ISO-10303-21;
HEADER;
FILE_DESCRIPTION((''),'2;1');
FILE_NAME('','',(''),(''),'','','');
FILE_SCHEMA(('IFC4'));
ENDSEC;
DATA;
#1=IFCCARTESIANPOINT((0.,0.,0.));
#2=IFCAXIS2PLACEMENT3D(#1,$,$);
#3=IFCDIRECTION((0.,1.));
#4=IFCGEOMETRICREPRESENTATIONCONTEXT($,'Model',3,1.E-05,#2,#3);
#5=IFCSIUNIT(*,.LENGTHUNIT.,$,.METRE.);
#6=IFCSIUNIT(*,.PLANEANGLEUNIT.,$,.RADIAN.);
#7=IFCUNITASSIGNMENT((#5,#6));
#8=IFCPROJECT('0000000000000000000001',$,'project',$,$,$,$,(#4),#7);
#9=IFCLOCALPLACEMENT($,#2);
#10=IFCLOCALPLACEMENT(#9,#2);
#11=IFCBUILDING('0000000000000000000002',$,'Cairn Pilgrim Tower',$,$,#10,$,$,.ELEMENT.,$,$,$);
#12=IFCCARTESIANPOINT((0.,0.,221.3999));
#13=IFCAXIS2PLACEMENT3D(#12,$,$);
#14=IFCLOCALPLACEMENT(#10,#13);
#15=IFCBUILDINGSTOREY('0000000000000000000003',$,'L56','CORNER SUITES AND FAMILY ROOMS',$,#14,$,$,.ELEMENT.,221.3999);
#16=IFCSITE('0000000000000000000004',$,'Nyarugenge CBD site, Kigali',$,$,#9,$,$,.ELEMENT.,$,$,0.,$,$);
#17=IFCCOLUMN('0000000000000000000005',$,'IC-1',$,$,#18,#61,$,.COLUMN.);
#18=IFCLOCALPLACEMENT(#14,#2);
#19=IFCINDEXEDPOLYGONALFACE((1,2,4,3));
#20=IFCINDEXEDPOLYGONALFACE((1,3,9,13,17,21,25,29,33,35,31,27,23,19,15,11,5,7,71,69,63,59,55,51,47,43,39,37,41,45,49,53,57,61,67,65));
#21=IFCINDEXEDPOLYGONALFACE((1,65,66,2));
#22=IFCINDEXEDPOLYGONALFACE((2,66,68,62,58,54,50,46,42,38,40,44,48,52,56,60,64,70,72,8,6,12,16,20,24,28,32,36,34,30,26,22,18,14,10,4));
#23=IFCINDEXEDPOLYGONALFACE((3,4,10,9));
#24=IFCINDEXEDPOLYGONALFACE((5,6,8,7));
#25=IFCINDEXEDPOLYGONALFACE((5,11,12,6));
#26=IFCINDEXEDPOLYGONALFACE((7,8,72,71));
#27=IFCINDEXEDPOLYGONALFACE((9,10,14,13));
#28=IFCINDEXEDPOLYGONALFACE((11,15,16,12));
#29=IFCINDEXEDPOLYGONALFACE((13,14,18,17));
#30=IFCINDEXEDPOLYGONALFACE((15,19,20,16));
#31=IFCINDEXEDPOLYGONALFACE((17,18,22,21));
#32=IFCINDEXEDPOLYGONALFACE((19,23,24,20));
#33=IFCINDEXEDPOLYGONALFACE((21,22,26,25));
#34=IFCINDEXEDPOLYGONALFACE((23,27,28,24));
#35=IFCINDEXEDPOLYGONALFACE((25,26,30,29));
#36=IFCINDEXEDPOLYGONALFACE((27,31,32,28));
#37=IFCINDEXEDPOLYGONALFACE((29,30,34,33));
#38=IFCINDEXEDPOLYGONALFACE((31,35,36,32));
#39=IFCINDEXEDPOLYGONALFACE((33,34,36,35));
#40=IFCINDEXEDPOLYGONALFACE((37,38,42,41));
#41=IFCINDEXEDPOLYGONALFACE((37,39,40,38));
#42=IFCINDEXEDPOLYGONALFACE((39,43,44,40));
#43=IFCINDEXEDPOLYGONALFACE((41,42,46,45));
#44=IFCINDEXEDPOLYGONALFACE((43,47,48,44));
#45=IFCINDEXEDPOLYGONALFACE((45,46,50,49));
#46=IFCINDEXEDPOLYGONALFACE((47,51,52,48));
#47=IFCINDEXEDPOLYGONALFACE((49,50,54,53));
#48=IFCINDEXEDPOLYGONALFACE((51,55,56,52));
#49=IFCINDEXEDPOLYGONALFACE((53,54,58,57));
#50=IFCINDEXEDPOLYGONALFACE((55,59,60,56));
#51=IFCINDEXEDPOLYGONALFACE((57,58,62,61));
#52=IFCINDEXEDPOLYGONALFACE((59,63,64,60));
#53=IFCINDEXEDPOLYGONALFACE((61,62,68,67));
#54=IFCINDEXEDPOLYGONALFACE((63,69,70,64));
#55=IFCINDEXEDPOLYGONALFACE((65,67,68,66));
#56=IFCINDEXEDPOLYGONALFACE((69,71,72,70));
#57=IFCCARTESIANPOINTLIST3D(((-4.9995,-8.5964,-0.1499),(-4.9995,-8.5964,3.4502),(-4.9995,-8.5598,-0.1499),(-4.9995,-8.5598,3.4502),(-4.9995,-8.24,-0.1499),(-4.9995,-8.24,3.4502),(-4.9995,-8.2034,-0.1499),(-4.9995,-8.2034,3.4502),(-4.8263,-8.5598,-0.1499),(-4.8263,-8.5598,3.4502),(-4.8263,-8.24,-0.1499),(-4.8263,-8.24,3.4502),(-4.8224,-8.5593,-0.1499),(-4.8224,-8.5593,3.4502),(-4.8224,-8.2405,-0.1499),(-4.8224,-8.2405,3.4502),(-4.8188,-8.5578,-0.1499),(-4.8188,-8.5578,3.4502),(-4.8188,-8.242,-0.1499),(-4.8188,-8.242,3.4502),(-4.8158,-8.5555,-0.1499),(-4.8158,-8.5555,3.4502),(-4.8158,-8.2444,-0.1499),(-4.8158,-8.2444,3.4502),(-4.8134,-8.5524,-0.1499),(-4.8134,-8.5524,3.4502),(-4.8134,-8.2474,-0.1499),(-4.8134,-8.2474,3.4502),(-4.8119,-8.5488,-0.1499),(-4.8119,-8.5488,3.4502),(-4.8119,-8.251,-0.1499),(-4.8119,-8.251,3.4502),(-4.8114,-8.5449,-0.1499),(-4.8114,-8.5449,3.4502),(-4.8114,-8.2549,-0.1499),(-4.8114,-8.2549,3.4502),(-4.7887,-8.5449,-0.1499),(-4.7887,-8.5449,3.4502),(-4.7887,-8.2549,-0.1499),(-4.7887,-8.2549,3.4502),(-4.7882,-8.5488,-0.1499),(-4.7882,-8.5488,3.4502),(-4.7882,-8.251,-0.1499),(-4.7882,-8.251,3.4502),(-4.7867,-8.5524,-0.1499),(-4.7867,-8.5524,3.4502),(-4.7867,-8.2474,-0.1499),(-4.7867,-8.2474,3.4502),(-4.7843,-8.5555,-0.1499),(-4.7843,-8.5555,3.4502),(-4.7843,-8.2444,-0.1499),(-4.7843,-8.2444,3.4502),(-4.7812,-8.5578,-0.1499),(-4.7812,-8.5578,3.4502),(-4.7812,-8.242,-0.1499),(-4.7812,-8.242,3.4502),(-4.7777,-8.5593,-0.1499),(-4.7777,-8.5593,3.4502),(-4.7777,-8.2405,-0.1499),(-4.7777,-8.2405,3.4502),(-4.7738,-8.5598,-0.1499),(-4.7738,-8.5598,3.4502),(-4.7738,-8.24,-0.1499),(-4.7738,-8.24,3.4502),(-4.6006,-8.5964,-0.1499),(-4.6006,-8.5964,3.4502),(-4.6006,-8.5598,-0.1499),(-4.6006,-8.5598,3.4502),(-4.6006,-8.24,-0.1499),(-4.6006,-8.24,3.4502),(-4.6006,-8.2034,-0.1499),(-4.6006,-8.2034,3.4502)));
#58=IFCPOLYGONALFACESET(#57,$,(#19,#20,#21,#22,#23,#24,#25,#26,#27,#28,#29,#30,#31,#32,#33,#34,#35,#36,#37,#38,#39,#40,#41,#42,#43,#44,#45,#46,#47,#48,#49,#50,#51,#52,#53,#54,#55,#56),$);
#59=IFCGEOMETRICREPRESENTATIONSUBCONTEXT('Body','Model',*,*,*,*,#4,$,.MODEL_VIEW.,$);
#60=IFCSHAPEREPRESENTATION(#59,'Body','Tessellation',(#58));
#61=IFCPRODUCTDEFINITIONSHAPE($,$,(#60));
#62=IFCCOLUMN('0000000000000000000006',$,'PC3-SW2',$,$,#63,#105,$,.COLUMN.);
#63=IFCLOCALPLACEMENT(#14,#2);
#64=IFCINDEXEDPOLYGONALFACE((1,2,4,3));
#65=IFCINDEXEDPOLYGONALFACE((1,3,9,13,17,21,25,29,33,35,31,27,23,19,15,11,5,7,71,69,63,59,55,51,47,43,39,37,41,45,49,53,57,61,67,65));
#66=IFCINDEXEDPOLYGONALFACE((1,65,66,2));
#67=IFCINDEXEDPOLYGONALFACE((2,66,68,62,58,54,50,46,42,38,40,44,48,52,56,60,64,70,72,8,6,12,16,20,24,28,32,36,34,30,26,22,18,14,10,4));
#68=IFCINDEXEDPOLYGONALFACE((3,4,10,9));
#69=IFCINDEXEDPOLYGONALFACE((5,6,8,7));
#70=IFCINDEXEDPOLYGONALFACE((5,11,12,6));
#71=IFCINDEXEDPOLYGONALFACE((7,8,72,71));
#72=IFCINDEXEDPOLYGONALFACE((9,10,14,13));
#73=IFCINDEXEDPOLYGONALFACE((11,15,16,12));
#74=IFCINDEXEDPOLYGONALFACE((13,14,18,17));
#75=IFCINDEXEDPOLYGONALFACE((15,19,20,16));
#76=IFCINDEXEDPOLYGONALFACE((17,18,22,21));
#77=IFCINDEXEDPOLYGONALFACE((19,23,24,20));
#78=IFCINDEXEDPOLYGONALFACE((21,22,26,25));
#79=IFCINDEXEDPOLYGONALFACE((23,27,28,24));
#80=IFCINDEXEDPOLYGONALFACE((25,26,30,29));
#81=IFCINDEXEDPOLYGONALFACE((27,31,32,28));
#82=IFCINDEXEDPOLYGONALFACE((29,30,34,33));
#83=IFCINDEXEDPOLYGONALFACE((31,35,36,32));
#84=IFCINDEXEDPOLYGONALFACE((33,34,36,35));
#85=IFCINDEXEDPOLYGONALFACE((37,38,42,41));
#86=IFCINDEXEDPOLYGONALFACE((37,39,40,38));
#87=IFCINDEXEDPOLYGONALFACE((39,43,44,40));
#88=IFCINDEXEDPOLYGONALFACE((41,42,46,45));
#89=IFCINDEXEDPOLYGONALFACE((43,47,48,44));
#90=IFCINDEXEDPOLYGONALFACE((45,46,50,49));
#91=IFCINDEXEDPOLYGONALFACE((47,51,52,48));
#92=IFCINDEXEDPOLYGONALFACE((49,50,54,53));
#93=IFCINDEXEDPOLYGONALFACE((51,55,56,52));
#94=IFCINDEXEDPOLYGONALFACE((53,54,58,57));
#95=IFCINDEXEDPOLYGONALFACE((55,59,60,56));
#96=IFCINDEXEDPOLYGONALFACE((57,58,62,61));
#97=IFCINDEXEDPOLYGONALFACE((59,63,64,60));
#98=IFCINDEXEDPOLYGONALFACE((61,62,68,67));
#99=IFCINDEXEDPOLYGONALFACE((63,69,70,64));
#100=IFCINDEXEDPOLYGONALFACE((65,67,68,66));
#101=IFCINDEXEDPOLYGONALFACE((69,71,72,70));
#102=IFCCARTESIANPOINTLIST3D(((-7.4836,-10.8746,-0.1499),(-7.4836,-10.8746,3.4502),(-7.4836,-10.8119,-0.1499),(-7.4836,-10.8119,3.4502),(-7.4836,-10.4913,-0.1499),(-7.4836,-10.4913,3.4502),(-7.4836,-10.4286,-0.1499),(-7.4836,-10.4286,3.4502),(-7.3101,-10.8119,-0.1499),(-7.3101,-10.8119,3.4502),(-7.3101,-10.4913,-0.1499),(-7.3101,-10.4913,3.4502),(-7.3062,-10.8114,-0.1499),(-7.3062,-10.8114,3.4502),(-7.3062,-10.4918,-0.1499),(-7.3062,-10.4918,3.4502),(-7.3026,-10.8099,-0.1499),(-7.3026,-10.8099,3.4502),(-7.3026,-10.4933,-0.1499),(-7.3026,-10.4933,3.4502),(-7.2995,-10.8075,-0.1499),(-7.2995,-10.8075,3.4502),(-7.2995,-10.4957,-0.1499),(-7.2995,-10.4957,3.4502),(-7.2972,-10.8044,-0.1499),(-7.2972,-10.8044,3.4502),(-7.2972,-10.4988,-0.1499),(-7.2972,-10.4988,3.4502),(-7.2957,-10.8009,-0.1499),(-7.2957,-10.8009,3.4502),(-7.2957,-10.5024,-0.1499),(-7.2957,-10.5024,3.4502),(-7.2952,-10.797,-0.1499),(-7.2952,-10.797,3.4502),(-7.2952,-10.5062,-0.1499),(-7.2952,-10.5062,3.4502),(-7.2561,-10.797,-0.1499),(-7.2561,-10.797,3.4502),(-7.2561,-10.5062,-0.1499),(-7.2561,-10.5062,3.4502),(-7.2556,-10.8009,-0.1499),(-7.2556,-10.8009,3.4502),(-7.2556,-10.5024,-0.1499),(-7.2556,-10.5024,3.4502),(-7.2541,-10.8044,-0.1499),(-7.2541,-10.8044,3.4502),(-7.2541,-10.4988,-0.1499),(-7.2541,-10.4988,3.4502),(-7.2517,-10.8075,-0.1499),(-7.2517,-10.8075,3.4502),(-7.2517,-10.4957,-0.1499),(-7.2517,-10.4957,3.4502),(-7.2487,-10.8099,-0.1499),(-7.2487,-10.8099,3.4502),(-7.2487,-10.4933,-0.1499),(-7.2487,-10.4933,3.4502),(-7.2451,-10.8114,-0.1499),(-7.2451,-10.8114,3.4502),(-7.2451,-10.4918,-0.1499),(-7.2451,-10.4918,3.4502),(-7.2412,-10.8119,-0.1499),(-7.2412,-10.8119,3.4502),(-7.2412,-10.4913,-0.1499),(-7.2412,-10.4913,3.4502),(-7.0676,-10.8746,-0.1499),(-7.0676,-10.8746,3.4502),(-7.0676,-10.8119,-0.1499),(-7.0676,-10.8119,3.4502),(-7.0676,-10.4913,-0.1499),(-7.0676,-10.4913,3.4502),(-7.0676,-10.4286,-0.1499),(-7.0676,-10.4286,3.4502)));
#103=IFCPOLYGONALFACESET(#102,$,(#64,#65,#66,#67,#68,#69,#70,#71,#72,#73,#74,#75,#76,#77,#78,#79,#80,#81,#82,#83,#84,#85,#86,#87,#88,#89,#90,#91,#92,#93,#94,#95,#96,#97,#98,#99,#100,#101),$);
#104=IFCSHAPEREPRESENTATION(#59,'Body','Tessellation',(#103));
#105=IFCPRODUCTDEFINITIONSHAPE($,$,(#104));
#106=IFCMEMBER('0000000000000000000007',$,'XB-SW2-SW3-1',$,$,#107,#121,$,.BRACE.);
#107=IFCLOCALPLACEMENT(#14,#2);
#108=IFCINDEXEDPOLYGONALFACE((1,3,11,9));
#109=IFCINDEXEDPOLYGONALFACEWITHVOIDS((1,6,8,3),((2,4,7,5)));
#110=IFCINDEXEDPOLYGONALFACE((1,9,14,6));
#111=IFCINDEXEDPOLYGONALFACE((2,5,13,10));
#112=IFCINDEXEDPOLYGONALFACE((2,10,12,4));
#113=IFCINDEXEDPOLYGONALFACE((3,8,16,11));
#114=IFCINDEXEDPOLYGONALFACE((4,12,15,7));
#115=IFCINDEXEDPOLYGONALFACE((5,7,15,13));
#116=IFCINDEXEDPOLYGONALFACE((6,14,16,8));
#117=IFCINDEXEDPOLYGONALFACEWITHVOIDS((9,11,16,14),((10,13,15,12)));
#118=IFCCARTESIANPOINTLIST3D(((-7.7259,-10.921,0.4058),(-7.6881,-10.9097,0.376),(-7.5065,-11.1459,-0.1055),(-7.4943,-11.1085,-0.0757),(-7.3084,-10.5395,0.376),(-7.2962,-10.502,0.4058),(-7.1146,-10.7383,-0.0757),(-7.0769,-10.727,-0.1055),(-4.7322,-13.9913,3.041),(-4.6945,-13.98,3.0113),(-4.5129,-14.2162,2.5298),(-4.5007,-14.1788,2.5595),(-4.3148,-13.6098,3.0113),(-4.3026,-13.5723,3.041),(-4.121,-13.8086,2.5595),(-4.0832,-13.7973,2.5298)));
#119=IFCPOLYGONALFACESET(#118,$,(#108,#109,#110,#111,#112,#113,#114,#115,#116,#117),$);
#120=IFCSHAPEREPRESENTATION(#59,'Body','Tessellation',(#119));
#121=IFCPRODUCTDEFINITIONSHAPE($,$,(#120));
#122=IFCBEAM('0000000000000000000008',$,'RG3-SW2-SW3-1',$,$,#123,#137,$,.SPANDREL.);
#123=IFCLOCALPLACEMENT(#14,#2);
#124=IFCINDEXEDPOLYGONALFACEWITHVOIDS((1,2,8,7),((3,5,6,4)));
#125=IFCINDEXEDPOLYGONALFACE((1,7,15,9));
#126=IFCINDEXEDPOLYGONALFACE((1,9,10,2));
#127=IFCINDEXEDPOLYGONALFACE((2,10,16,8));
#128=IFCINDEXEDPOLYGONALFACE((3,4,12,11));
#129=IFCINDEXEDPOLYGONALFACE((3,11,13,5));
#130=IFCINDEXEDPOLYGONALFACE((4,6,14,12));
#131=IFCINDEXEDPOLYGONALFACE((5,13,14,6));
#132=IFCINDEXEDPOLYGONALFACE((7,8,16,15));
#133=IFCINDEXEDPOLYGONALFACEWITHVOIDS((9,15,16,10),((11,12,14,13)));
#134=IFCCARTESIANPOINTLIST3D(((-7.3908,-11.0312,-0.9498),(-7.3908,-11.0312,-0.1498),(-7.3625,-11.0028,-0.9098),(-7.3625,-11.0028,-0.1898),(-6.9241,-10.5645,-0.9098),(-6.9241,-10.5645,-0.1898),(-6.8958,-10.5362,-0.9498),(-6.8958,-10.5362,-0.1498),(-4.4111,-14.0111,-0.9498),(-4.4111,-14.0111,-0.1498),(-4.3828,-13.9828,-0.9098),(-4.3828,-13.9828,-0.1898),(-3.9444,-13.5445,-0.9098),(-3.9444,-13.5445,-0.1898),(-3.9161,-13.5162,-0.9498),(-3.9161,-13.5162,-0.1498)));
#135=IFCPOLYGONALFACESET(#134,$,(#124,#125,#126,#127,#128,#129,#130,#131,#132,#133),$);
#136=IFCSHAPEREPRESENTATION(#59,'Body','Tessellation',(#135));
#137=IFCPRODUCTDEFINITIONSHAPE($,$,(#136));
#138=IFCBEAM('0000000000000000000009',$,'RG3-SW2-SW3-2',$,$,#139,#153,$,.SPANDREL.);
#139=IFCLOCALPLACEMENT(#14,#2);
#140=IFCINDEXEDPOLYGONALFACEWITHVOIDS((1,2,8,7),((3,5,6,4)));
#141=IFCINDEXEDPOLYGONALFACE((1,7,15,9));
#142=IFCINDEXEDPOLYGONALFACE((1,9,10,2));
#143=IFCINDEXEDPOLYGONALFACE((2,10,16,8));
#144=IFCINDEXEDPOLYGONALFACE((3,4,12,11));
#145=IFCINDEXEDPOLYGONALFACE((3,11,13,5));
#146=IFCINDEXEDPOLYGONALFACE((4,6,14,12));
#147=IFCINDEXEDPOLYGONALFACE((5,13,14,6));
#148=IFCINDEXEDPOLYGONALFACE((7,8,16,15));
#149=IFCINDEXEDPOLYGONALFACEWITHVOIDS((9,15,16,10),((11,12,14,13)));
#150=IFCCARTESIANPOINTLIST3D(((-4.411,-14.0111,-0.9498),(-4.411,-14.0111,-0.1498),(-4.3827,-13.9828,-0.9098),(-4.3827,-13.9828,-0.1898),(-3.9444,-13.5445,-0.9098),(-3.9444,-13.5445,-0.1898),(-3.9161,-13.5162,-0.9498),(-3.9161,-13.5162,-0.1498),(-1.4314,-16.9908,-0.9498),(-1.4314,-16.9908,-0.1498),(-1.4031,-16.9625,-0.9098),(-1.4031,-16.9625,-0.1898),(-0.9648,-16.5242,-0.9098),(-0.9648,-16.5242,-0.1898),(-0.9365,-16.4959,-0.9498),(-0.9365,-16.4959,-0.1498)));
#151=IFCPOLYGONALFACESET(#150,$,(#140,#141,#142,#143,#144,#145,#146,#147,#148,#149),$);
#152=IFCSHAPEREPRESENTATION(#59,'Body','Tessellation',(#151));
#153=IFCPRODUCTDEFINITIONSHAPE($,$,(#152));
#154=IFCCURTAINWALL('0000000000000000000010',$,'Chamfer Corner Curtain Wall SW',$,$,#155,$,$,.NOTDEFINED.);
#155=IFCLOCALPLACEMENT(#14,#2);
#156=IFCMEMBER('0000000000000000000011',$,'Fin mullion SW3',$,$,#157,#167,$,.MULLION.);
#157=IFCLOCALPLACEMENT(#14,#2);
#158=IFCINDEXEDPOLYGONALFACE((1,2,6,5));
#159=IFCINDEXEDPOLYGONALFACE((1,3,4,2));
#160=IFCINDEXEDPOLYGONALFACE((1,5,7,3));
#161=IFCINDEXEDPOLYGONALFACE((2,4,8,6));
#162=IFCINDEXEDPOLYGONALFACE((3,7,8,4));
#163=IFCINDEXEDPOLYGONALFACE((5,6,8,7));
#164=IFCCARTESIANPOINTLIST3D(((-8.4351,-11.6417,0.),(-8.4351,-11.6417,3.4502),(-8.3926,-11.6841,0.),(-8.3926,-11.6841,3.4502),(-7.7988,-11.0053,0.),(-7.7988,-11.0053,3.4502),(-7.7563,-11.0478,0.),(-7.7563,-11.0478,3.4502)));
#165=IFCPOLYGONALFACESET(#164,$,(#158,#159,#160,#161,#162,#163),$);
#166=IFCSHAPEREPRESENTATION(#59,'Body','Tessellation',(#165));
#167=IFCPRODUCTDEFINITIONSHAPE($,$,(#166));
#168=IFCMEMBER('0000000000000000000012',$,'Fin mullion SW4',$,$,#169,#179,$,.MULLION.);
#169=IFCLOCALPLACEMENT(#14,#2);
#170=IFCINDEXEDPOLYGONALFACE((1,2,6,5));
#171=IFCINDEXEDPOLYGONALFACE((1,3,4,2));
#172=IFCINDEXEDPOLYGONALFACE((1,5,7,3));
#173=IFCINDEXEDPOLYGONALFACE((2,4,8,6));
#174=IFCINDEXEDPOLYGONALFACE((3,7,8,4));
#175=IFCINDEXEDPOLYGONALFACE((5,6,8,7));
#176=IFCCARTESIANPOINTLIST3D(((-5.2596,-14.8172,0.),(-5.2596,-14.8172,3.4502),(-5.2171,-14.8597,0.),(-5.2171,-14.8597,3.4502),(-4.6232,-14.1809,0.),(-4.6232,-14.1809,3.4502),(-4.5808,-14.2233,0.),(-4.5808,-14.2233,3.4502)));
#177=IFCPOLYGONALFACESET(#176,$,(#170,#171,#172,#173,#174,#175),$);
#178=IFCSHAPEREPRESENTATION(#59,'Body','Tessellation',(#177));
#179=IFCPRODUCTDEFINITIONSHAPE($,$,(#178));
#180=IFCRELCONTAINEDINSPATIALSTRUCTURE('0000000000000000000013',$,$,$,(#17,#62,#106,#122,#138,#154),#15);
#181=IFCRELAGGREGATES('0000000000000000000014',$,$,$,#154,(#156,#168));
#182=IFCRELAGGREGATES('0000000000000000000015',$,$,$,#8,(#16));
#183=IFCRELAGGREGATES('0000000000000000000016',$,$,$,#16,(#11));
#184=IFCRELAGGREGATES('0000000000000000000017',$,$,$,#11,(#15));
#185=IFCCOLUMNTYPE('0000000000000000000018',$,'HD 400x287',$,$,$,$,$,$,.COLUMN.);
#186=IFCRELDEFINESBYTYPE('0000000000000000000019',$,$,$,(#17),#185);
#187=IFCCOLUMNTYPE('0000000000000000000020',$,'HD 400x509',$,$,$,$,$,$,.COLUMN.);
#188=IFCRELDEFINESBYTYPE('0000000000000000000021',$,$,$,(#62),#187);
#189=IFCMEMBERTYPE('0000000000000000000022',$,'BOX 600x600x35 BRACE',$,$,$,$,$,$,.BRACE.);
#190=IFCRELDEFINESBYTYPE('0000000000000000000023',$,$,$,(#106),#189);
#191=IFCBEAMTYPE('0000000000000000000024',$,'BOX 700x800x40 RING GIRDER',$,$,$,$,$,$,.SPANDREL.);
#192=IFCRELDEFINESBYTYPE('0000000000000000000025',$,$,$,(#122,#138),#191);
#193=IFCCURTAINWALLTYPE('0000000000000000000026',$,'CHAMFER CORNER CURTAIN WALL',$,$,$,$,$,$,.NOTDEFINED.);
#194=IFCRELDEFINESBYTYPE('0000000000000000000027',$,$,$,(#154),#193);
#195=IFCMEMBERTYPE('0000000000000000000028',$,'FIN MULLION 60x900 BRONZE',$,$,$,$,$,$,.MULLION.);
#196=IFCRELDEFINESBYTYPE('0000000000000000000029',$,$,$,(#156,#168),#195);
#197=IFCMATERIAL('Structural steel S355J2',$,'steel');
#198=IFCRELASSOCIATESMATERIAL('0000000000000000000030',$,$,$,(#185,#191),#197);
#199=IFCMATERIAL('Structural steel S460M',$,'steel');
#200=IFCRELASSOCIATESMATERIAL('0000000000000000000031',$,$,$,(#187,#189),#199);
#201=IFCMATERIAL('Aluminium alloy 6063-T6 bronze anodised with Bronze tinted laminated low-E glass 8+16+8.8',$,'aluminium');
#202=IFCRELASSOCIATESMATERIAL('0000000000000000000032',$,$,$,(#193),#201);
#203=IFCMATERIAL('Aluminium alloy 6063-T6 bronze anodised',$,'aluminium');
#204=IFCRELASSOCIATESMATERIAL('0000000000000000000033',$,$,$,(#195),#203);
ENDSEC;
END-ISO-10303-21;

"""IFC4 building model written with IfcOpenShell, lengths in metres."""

from ifc_helpers import new_model, si_unit, direction, frame, origin, origin_2d, place, context, subcontext, project, spatial, rectangle, hollow_rectangle, i_section, extrude, material, material_profile, profile_set, type_object, element, aggregate, save


model = new_model("IFC4")

# Units and contexts
model_context = context("Model", 3, precision=1e-05, world=origin(), true_north=direction((0.0, 1.0)))
body_context = subcontext(model_context, "Body", "Model", "MODEL_VIEW")
ifc_project = project(units=[si_unit("LENGTHUNIT", "METRE"), si_unit("PLANEANGLEUNIT", "RADIAN")], contexts=[model_context])

# Site, building, storey
site_placement = place(None, origin())
site = spatial("IfcSite", under=ifc_project, at=site_placement, Name="Nyarugenge CBD site, Kigali", CompositionType="ELEMENT", RefElevation=0.0)
building_placement = place(site_placement, origin())
building = spatial("IfcBuilding", under=site, at=building_placement, Name="Cairn Pilgrim Tower", CompositionType="ELEMENT")
storey_placement = place(building_placement, frame((0.0, 0.0, 221.3999)))
storey = spatial("IfcBuildingStorey", under=building, at=storey_placement, Name="L56", Description="CORNER SUITES AND FAMILY ROOMS", CompositionType="ELEMENT", Elevation=221.3999)

# Columns
ifc_material_1 = material(Name="Structural steel S355J2", Category="steel")
ifc_material_profile_1 = material_profile(ifc_material_1, i_section(OverallWidth=0.3989, OverallDepth=0.3931, WebThickness=0.0227, FlangeThickness=0.0366, FilletRadius=0.0149, at=origin_2d()), Name="HD 400x287")
ifc_profile_set_1 = profile_set([ifc_material_profile_1], Name="Structural steel S355J2")
column_type_1 = type_object("IfcColumnType", Name="HD 400x287", PredefinedType="COLUMN", material=ifc_profile_set_1)
column_1_placement = place(storey_placement, frame((-4.8, -8.3999, -0.1499), z_axis=(0.0, 0.0, 1.0), x_axis=(1.0, 0.0, 0.0)))
element("IfcColumn", 1, at=column_1_placement, inside=storey, type_object=column_type_1, Name="IC-1", PredefinedType="COLUMN", context=body_context, shape_type="SweptSolid", body=[
    extrude(i_section(OverallWidth=0.3989, OverallDepth=0.3931, WebThickness=0.0227, FlangeThickness=0.0366, FilletRadius=0.0149, at=origin_2d()), origin(), (0.0, 0.0, 1.0), 3.6001),
])
ifc_material_2 = material(Name="Structural steel S460M", Category="steel")
ifc_material_profile_2 = material_profile(ifc_material_2, i_section(OverallWidth=0.416, OverallDepth=0.446, WebThickness=0.0391, FlangeThickness=0.0627, FilletRadius=0.0149, at=origin_2d()), Name="HD 400x509")
ifc_profile_set_2 = profile_set([ifc_material_profile_2], Name="Structural steel S460M")
column_type_2 = type_object("IfcColumnType", Name="HD 400x509", PredefinedType="COLUMN", material=ifc_profile_set_2)
column_2_placement = place(storey_placement, frame((-7.2756, -10.6516, -0.1499), z_axis=(0.0, 0.0, 1.0), x_axis=(1.0, 0.0, 0.0)))
element("IfcColumn", 2, at=column_2_placement, inside=storey, type_object=column_type_2, Name="PC3-SW2", PredefinedType="COLUMN", context=body_context, shape_type="SweptSolid", body=[
    extrude(i_section(OverallWidth=0.416, OverallDepth=0.446, WebThickness=0.0391, FlangeThickness=0.0627, FilletRadius=0.0149, at=origin_2d()), origin(), (0.0, 0.0, 1.0), 3.6001),
])

# Member
ifc_material_profile_3 = material_profile(ifc_material_2, hollow_rectangle(XDim=0.6001, YDim=0.6001, WallThickness=0.0349, at=origin_2d()), Name="BOX 600x600x35")
ifc_profile_set_3 = profile_set([ifc_material_profile_3], Name="Structural steel S460M")
member_type_1 = type_object("IfcMemberType", Name="BOX 600x600x35 BRACE", PredefinedType="BRACE", material=ifc_profile_set_3)
member_1_placement = place(storey_placement, frame((-7.4014, -10.824, 0.1501), z_axis=(0.594778, -0.610009, 0.523572), x_axis=(0.715989, 0.698112, 0.0)))
element("IfcMember", 3, at=member_1_placement, inside=storey, type_object=member_type_1, Name="XB-SW2-SW3-1", PredefinedType="BRACE", context=body_context, shape_type="SweptSolid", body=[
    extrude(hollow_rectangle(XDim=0.6001, YDim=0.6001, WallThickness=0.0349, at=origin_2d()), origin(), (0.0, 0.0, 1.0), 5.0332),
])

# Beams
ifc_material_profile_4 = material_profile(ifc_material_1, hollow_rectangle(XDim=0.7, YDim=0.8, WallThickness=0.04, at=origin_2d()), Name="BOX 700x800x40")
ifc_profile_set_4 = profile_set([ifc_material_profile_4], Name="Structural steel S355J2")
beam_type_1 = type_object("IfcBeamType", Name="BOX 700x800x40 RING GIRDER", PredefinedType="SPANDREL", material=ifc_profile_set_4)
beam_1_placement = place(storey_placement, frame((-7.1433, -10.7837, -0.5498), z_axis=(0.707078, -0.707136, 0.0), x_axis=(0.707136, 0.707078, 0.0)))
element("IfcBeam", 4, at=beam_1_placement, inside=storey, type_object=beam_type_1, Name="RG3-SW2-SW3-1", PredefinedType="SPANDREL", context=body_context, shape_type="SweptSolid", body=[
    extrude(hollow_rectangle(XDim=0.7, YDim=0.8, WallThickness=0.04, at=origin_2d()), origin(), (0.0, 0.0, 1.0), 4.2141),
])
beam_2_placement = place(storey_placement, frame((-4.1636, -13.7637, -0.5498), z_axis=(0.707107, -0.707107, 0.0), x_axis=(0.707107, 0.707107, 0.0)))
element("IfcBeam", 5, at=beam_2_placement, inside=storey, type_object=beam_type_1, Name="RG3-SW2-SW3-2", PredefinedType="SPANDREL", context=body_context, shape_type="SweptSolid", body=[
    extrude(hollow_rectangle(XDim=0.7, YDim=0.8, WallThickness=0.04, at=origin_2d()), origin(), (0.0, 0.0, 1.0), 4.2139),
])

# Curtain wall, members
ifc_material_3 = material(Name="Aluminium alloy 6063-T6 bronze anodised with Bronze tinted laminated low-E glass 8+16+8.8", Category="aluminium")
curtain_wall_type = type_object("IfcCurtainWallType", Name="CHAMFER CORNER CURTAIN WALL", PredefinedType="NOTDEFINED", material=ifc_material_3)
curtain_wall_placement = place(storey_placement, origin())
curtain_wall = element("IfcCurtainWall", 6, at=curtain_wall_placement, inside=storey, type_object=curtain_wall_type, Name="Chamfer Corner Curtain Wall SW", PredefinedType="NOTDEFINED")
ifc_material_4 = material(Name="Aluminium alloy 6063-T6 bronze anodised", Category="aluminium")
ifc_material_profile_5 = material_profile(ifc_material_4, rectangle(XDim=0.8999, YDim=0.0601, at=origin_2d()), Name="FIN MULLION 60x900 BRONZE")
ifc_profile_set_5 = profile_set([ifc_material_profile_5], Name="Aluminium alloy 6063-T6 bronze anodised")
member_type_2 = type_object("IfcMemberType", Name="FIN MULLION 60x900 BRONZE", PredefinedType="MULLION", material=ifc_profile_set_5)
member_2_placement = place(storey_placement, frame((-8.0957, -11.3447, 0.0), z_axis=(0.0, 0.0, 1.0), x_axis=(-0.707107, -0.707107, 0.0)))
member_2 = element("IfcMember", 7, at=member_2_placement, type_object=member_type_2, Name="Fin mullion SW3", PredefinedType="MULLION", context=body_context, shape_type="SweptSolid", body=[
    extrude(rectangle(XDim=0.8999, YDim=0.0601, at=origin_2d()), origin(), (0.0, 0.0, 1.0), 3.4502),
])
member_3_placement = place(storey_placement, frame((-4.9202, -14.5203, 0.0), z_axis=(0.0, 0.0, 1.0), x_axis=(-0.707107, -0.707107, 0.0)))
member_3 = element("IfcMember", 8, at=member_3_placement, type_object=member_type_2, Name="Fin mullion SW4", PredefinedType="MULLION", context=body_context, shape_type="SweptSolid", body=[
    extrude(rectangle(XDim=0.8999, YDim=0.0601, at=origin_2d()), origin(), (0.0, 0.0, 1.0), 3.4502),
])

aggregate(curtain_wall, [member_2, member_3])

save(model, "model.ifc")
